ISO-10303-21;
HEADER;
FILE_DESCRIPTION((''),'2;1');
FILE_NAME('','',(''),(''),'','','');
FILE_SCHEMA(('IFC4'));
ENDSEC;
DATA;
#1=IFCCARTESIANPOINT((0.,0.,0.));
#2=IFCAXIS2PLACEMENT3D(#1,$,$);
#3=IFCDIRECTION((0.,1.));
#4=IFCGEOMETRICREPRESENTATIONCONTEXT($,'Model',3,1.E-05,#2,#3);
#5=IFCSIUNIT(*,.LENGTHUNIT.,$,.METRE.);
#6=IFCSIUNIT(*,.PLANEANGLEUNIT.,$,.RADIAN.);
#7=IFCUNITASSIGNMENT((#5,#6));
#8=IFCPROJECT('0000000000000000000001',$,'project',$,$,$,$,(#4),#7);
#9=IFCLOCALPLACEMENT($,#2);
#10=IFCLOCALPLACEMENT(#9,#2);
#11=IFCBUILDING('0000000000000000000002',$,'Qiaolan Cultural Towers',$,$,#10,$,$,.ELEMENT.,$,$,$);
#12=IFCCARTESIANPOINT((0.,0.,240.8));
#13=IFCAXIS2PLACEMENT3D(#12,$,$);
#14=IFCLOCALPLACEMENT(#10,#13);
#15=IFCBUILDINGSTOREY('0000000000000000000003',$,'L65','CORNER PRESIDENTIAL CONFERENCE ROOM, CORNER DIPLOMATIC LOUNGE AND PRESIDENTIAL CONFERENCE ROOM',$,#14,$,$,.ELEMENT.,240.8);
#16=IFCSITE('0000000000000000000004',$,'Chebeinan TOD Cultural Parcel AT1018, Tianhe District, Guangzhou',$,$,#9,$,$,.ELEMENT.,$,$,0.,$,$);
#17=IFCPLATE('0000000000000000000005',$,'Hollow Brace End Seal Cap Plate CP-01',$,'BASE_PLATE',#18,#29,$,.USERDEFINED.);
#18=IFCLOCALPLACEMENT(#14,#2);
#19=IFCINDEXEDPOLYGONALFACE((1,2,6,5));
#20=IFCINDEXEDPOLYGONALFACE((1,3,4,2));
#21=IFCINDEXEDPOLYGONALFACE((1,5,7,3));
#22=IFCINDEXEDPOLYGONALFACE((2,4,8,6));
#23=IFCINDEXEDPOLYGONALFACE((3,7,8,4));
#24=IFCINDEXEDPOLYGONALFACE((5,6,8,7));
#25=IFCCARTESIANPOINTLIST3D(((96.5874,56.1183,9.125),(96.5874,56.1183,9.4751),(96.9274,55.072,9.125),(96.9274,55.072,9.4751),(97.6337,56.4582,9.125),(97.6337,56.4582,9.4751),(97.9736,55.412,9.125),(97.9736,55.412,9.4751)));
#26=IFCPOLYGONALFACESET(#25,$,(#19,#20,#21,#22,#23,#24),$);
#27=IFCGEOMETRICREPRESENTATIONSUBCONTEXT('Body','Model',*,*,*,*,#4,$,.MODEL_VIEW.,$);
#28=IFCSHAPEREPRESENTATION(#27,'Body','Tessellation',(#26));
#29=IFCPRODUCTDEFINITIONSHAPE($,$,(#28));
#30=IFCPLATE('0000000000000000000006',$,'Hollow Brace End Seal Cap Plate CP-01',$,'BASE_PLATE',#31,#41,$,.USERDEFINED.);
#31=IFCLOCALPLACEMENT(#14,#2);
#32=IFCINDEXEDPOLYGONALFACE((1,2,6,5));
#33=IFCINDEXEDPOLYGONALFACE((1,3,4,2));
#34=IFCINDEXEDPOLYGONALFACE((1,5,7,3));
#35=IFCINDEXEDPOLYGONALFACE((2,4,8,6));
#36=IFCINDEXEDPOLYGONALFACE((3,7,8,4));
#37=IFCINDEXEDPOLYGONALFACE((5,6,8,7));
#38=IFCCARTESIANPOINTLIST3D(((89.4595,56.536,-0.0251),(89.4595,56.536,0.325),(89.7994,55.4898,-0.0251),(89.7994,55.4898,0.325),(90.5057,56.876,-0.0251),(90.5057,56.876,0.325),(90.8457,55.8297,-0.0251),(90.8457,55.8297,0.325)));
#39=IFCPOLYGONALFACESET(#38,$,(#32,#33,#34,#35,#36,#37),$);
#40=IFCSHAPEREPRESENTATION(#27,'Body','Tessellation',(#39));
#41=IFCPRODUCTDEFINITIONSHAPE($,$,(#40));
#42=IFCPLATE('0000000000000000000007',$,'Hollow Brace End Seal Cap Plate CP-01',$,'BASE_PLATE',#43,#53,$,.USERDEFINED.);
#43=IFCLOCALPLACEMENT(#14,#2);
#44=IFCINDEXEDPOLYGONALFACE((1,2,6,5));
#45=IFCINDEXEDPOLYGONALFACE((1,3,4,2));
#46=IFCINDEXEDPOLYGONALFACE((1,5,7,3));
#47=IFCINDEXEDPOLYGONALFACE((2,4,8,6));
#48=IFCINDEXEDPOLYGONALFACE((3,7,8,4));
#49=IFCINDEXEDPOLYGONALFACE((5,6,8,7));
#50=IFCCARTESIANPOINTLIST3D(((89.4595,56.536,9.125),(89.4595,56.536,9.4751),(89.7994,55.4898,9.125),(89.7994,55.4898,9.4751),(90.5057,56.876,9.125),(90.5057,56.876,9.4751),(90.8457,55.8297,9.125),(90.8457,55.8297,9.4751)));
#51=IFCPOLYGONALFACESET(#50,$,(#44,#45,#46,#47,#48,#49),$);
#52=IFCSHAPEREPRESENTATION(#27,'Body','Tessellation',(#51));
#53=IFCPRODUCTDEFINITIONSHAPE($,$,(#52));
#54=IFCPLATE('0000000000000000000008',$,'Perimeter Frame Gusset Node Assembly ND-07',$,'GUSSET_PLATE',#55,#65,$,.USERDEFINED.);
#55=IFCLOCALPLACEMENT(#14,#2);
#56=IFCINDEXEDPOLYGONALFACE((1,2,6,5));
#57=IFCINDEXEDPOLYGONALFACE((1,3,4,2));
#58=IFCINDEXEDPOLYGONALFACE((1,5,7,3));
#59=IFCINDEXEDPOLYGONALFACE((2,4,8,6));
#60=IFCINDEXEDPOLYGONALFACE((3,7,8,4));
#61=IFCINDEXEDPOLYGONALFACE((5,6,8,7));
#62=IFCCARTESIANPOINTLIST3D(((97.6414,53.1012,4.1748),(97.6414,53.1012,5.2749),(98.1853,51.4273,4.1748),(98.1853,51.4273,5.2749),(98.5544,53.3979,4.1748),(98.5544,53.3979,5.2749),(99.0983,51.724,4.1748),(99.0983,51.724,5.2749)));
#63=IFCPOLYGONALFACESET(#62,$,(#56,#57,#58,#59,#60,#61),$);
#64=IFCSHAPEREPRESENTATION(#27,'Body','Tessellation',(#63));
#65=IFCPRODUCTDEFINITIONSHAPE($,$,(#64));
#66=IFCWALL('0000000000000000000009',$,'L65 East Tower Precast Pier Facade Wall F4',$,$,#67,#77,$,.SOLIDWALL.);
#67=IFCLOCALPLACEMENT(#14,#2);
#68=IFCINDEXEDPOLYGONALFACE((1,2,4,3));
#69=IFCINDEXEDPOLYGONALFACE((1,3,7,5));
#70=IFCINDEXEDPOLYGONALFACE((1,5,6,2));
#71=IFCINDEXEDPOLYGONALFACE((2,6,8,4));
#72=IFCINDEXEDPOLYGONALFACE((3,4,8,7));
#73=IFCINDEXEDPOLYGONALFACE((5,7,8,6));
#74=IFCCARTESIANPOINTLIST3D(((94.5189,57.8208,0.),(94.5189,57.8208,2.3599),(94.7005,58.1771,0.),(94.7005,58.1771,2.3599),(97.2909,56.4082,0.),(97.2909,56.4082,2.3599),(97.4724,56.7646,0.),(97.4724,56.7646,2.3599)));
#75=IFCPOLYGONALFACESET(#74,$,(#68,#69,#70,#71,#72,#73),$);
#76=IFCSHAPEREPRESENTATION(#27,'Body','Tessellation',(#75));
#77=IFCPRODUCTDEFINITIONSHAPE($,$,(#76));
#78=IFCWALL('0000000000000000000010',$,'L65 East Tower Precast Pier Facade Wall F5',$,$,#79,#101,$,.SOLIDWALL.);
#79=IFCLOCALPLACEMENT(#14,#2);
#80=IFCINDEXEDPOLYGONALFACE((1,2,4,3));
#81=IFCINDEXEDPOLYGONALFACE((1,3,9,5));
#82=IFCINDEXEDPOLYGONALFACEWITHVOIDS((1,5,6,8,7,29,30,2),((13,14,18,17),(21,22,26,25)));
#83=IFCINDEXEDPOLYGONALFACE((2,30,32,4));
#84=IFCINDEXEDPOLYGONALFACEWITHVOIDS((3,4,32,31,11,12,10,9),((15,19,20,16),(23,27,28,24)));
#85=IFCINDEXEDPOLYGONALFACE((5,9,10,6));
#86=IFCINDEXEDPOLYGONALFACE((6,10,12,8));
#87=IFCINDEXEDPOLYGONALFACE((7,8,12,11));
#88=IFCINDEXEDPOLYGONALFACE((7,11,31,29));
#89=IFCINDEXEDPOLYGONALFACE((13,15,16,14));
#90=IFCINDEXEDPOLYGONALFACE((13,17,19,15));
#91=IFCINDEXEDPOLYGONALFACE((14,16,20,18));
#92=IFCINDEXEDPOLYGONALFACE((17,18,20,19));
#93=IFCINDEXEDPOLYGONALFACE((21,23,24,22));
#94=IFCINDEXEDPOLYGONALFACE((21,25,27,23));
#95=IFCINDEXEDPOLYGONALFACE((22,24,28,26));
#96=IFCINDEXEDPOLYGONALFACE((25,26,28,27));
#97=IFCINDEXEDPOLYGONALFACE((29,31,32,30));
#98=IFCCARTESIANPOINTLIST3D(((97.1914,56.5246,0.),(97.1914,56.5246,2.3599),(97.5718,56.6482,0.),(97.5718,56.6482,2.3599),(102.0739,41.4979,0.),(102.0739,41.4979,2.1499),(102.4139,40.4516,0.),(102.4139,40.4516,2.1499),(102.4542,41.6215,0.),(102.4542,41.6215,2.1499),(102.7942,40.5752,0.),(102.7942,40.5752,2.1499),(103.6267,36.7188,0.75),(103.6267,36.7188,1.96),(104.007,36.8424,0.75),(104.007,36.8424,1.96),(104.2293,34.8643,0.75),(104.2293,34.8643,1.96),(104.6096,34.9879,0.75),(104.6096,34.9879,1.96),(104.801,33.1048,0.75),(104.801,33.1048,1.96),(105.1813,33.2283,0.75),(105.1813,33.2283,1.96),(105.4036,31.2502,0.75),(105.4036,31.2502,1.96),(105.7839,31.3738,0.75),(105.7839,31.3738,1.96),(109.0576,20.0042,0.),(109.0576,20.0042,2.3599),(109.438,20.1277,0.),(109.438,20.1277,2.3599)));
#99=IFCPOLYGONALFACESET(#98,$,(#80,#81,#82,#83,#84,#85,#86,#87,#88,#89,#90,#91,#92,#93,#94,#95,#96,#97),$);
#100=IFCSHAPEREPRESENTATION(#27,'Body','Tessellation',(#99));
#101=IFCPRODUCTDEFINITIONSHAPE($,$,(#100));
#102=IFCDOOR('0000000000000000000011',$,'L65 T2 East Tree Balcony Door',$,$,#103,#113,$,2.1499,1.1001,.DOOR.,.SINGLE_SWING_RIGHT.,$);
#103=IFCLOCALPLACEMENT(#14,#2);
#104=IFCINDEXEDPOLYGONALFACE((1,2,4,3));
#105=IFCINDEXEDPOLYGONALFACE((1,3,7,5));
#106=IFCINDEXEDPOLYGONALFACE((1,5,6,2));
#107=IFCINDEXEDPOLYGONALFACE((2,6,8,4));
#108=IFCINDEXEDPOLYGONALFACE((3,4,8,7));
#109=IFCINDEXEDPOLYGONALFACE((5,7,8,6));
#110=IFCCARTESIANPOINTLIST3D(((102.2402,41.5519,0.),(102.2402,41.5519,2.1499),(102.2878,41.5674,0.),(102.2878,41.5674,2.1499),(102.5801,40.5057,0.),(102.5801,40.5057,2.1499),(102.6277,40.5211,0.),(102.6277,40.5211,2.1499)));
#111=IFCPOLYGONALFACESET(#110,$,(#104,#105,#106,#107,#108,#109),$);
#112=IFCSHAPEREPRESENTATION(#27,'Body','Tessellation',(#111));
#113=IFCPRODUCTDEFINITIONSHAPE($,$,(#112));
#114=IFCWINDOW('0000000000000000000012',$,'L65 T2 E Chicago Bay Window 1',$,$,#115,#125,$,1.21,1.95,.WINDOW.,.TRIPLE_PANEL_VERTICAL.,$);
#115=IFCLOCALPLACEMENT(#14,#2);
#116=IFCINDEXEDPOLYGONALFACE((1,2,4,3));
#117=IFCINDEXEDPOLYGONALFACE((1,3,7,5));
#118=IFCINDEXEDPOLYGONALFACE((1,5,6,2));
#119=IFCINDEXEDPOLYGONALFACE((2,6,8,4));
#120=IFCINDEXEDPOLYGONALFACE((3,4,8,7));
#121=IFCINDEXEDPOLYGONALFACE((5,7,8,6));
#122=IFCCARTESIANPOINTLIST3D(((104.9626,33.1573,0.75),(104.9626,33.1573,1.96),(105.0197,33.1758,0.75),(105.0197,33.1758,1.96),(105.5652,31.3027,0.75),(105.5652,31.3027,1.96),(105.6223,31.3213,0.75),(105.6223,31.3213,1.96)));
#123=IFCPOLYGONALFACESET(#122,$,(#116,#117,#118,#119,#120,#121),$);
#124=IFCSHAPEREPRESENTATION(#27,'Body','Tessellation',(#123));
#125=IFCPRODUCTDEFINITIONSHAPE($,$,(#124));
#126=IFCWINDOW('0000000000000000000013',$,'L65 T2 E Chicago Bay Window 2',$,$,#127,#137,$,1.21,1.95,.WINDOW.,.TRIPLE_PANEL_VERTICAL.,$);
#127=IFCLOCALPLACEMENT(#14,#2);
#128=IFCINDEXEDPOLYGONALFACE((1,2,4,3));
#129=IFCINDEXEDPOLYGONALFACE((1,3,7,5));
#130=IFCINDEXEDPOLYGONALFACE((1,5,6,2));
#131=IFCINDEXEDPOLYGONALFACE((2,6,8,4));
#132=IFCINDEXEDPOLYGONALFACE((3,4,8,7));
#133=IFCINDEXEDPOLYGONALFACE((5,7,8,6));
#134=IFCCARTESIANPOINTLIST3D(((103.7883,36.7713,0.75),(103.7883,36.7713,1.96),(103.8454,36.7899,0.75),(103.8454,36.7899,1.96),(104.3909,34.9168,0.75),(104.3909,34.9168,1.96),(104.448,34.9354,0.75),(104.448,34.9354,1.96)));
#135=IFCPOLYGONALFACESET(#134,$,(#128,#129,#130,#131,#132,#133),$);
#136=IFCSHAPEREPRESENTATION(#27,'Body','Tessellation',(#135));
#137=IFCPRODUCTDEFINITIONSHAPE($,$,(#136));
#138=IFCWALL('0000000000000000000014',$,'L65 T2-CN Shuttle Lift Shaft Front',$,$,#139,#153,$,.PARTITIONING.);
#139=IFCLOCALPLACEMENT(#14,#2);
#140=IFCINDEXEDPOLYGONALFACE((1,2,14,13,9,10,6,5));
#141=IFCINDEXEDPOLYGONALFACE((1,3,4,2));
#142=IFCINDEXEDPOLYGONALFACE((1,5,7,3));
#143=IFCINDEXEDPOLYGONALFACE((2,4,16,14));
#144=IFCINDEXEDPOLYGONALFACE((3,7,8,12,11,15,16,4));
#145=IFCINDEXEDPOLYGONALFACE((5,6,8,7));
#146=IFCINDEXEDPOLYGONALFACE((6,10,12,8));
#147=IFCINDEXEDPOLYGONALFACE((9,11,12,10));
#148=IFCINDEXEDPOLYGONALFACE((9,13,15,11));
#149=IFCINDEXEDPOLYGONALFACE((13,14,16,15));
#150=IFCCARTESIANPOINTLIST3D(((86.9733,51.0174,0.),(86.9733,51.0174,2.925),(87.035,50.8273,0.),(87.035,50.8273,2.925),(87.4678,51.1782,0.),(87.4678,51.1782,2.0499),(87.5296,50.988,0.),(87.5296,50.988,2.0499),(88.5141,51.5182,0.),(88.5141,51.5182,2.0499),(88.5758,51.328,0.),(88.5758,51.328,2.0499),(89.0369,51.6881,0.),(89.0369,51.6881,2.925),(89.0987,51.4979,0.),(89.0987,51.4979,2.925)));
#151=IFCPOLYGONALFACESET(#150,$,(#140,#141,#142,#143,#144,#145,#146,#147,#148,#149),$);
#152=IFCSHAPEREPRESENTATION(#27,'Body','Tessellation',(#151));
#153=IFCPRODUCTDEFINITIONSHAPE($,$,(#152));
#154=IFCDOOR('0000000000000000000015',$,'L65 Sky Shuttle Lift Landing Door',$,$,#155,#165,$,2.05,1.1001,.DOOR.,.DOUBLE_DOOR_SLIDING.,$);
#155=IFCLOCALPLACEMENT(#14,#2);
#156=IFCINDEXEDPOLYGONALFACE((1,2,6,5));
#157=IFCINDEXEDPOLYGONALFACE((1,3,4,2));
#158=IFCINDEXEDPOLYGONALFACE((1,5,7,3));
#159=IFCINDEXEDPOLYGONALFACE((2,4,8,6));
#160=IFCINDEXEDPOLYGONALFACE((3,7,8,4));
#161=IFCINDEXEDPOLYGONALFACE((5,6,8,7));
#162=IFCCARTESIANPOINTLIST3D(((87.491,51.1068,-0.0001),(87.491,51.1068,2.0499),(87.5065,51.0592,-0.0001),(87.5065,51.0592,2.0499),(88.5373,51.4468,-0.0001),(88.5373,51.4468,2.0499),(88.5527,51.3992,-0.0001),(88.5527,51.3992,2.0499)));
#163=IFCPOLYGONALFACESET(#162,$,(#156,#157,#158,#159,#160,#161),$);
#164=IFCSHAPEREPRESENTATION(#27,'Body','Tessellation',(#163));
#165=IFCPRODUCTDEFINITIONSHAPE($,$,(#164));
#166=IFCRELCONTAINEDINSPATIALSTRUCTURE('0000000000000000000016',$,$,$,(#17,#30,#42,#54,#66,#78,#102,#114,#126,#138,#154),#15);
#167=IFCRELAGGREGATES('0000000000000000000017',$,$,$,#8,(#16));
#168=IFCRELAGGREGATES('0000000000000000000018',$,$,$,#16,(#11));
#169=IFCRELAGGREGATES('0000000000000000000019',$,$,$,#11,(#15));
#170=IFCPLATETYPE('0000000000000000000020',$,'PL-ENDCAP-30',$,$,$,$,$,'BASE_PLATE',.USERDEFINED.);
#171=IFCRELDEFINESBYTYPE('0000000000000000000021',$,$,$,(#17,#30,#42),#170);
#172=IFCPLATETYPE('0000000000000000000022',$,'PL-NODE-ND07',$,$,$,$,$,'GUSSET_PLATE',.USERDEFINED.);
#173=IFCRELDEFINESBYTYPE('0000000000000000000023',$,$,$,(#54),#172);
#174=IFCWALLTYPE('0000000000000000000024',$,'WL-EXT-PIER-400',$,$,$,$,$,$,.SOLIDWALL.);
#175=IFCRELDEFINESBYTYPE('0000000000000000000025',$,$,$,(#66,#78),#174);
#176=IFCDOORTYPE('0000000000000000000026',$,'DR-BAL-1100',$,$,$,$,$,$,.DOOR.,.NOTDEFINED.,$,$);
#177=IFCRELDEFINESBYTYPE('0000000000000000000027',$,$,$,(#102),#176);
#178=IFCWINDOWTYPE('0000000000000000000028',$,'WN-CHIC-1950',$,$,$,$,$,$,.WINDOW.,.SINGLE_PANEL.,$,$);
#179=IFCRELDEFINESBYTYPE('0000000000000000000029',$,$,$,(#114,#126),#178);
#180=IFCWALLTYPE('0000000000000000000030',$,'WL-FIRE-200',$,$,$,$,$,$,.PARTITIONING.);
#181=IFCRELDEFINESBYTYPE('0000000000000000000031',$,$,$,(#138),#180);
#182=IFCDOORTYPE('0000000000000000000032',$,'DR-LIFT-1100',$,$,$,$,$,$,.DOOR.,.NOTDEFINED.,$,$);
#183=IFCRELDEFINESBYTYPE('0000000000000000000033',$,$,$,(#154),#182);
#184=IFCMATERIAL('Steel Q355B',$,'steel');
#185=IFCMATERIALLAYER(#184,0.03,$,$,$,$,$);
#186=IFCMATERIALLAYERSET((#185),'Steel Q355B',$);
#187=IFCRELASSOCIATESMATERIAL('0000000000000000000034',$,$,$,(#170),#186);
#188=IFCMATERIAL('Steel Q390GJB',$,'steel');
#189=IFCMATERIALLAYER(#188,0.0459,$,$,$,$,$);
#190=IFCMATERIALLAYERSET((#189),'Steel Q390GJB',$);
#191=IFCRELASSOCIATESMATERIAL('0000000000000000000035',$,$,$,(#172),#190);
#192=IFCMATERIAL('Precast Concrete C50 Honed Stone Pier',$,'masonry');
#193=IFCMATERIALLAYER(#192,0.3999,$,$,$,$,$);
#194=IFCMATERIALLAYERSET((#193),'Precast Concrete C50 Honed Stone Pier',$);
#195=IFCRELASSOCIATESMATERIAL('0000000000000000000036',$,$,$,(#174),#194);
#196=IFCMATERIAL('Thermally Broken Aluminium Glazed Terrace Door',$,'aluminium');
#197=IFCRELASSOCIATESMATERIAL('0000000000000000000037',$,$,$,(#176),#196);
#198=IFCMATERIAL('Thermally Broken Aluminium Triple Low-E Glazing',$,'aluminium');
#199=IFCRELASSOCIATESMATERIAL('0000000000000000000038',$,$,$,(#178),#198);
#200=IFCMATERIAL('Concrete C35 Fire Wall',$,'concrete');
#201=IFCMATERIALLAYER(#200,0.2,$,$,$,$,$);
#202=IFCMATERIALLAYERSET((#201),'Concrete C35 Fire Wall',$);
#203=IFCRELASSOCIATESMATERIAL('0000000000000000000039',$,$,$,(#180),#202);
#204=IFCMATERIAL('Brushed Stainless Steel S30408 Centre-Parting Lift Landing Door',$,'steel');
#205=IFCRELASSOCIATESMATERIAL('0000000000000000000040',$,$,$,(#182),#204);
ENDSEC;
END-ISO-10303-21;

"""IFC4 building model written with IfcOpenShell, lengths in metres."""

from ifc_helpers import new_model, si_unit, direction, frame, frame_2d, origin, origin_2d, place, context, subcontext, project, spatial, rectangle, extrude, material, layer, layer_set, type_object, element, fill, save


model = new_model("IFC4")

# Units and contexts
model_context = context("Model", 3, precision=1e-05, world=origin(), true_north=direction((0.0, 1.0)))
body_context = subcontext(model_context, "Body", "Model", "MODEL_VIEW")
ifc_project = project(units=[si_unit("LENGTHUNIT", "METRE"), si_unit("PLANEANGLEUNIT", "RADIAN")], contexts=[model_context])

# Site, building, storey
site_placement = place(None, origin())
site = spatial("IfcSite", under=ifc_project, at=site_placement, Name="Chebeinan TOD Cultural Parcel AT1018, Tianhe District, Guangzhou", CompositionType="ELEMENT", RefElevation=0.0)
building_placement = place(site_placement, origin())
building = spatial("IfcBuilding", under=site, at=building_placement, Name="Qiaolan Cultural Towers", CompositionType="ELEMENT")
storey_placement = place(building_placement, frame((0.0, 0.0, 240.8)))
storey = spatial("IfcBuildingStorey", under=building, at=storey_placement, Name="L65", Description="CORNER PRESIDENTIAL CONFERENCE ROOM, CORNER DIPLOMATIC LOUNGE AND PRESIDENTIAL CONFERENCE ROOM", CompositionType="ELEMENT", Elevation=240.8)

# Plates
ifc_material_1 = material(Name="Steel Q355B", Category="steel")
ifc_layer_1 = layer(ifc_material_1, 0.03)
ifc_layer_set_1 = layer_set([ifc_layer_1], Name="Steel Q355B")
plate_type_1 = type_object("IfcPlateType", Name="PL-ENDCAP-30", ElementType="BASE_PLATE", PredefinedType="USERDEFINED", material=ifc_layer_set_1)
for number, where, z_axis, x_axis, name in (
    (1, (97.2805, 55.7651, 9.125), (0.0, 0.0, 1.0), (-0.309017, 0.951057, 0.0), "Hollow Brace End Seal Cap Plate CP-01"),
    (2, (90.1526, 56.1829, -0.0251), (0.0, 0.0, 1.0), (0.951057, 0.309017, 0.0), "Hollow Brace End Seal Cap Plate CP-01"),
    (3, (90.1526, 56.1829, 9.125), (0.0, 0.0, 1.0), (0.951057, 0.309017, 0.0), "Hollow Brace End Seal Cap Plate CP-01"),
):
    element("IfcPlate", number, at=place(storey_placement, frame(where, z_axis=z_axis, x_axis=x_axis)), inside=storey, type_object=plate_type_1, Name=name, ObjectType="BASE_PLATE", PredefinedType="USERDEFINED", context=body_context, shape_type="SweptSolid", body=[
        extrude(rectangle(XDim=1.1001, YDim=1.1001, at=origin_2d()), origin(), (0.0, 0.0, 1.0), 0.3501),
    ])
ifc_material_2 = material(Name="Steel Q390GJB", Category="steel")
ifc_layer_2 = layer(ifc_material_2, 0.0459)
ifc_layer_set_2 = layer_set([ifc_layer_2], Name="Steel Q390GJB")
plate_type_2 = type_object("IfcPlateType", Name="PL-NODE-ND07", ElementType="GUSSET_PLATE", PredefinedType="USERDEFINED", material=ifc_layer_set_2)
plate_placement = place(storey_placement, frame((98.3699, 52.4126, 4.1748), z_axis=(0.0, 0.0, 1.0), x_axis=(-0.309017, 0.951057, 0.0)))
element("IfcPlate", 4, at=plate_placement, inside=storey, type_object=plate_type_2, Name="Perimeter Frame Gusset Node Assembly ND-07", ObjectType="GUSSET_PLATE", PredefinedType="USERDEFINED", context=body_context, shape_type="SweptSolid", body=[
    extrude(rectangle(XDim=1.76, YDim=0.96, at=origin_2d()), origin(), (0.0, 0.0, 1.0), 1.1001),
])

# Wall
ifc_material_3 = material(Name="Precast Concrete C50 Honed Stone Pier", Category="masonry")
ifc_layer_3 = layer(ifc_material_3, 0.3999)
ifc_layer_set_3 = layer_set([ifc_layer_3], Name="Precast Concrete C50 Honed Stone Pier")
wall_type_1 = type_object("IfcWallType", Name="WL-EXT-PIER-400", PredefinedType="SOLIDWALL", material=ifc_layer_set_3)
wall_1_placement = place(storey_placement, frame((94.6096, 57.999, 0.0), z_axis=(0.0, 0.0, 1.0), x_axis=(0.89098, -0.454043, 0.0)))
element("IfcWall", 5, at=wall_1_placement, inside=storey, type_object=wall_type_1, Name="L65 East Tower Precast Pier Facade Wall F4", PredefinedType="SOLIDWALL", context=body_context, shape_type="SweptSolid", body=[
    extrude(rectangle(XDim=3.1111, YDim=0.3999, at=frame_2d((1.5557, 0.0))), origin(), (0.0, 0.0, 1.0), 2.3599),
])

# Wall, openings, door, windows
wall_2_placement = place(storey_placement, frame((97.3816, 56.5864, 0.0), z_axis=(0.0, 0.0, 1.0), x_axis=(0.309016, -0.951057, 0.0)))
wall_2 = element("IfcWall", 6, at=wall_2_placement, inside=storey, type_object=wall_type_1, Name="L65 East Tower Precast Pier Facade Wall F5", PredefinedType="SOLIDWALL", context=body_context, shape_type="SweptSolid", body=[
    extrude(rectangle(XDim=38.3999, YDim=0.3999, at=frame_2d((19.2, 0.0))), origin(), (0.0, 0.0, 1.0), 2.3599),
])
opening_1_placement = place(wall_2_placement, frame((24.625, 0.0, 0.75)))
opening_1 = element("IfcOpeningElement", 7, at=opening_1_placement, cuts=wall_2, PredefinedType="OPENING", context=body_context, shape_type="SweptSolid", body=[
    extrude(rectangle(XDim=1.95, YDim=1.21, at=frame_2d((0.9751, 0.605))), frame((0.0, 0.21, 0.0), z_axis=(0.0, -1.0, 0.0), x_axis=(1.0, 0.0, 0.0)), (0.0, 0.0, 1.0), 0.4199),
])
opening_2_placement = place(wall_2_placement, frame((20.825, 0.0, 0.75)))
opening_2 = element("IfcOpeningElement", 8, at=opening_2_placement, cuts=wall_2, PredefinedType="OPENING", context=body_context, shape_type="SweptSolid", body=[
    extrude(rectangle(XDim=1.95, YDim=1.21, at=frame_2d((0.9751, 0.605))), frame((0.0, 0.21, 0.0), z_axis=(0.0, -1.0, 0.0), x_axis=(1.0, 0.0, 0.0)), (0.0, 0.0, 1.0), 0.4199),
])
opening_3_placement = place(wall_2_placement, frame((15.8, 0.0, 0.0)))
opening_3 = element("IfcOpeningElement", 9, at=opening_3_placement, cuts=wall_2, PredefinedType="OPENING", context=body_context, shape_type="SweptSolid", body=[
    extrude(rectangle(XDim=1.1001, YDim=2.1499, at=frame_2d((0.55, 1.075))), frame((0.0, 0.21, 0.0), z_axis=(0.0, -1.0, 0.0), x_axis=(1.0, 0.0, 0.0)), (0.0, 0.0, 1.0), 0.4199),
])
ifc_material_4 = material(Name="Thermally Broken Aluminium Glazed Terrace Door", Category="aluminium")
door_type_1 = type_object("IfcDoorType", Name="DR-BAL-1100", OperationType="NOTDEFINED", PredefinedType="DOOR", material=ifc_material_4)
door_1_placement = place(opening_3_placement, origin())
door_1 = element("IfcDoor", 10, at=door_1_placement, inside=storey, type_object=door_type_1, Name="L65 T2 East Tree Balcony Door", OperationType="SINGLE_SWING_RIGHT", OverallHeight=2.1499, OverallWidth=1.1001, PredefinedType="DOOR", context=body_context, shape_type="SweptSolid", body=[
    extrude(rectangle(XDim=1.1001, YDim=2.1499, at=frame_2d((0.55, 1.075))), frame((0.0, 0.0249, 0.0), z_axis=(0.0, -1.0, 0.0), x_axis=(1.0, 0.0, 0.0)), (0.0, 0.0, 1.0), 0.05),
])
fill(opening_3, door_1)
ifc_material_5 = material(Name="Thermally Broken Aluminium Triple Low-E Glazing", Category="aluminium")
window_type = type_object("IfcWindowType", Name="WN-CHIC-1950", PartitioningType="SINGLE_PANEL", PredefinedType="WINDOW", material=ifc_material_5)
window_1_placement = place(opening_1_placement, origin())
window_1 = element("IfcWindow", 11, at=window_1_placement, inside=storey, type_object=window_type, Name="L65 T2 E Chicago Bay Window 1", OverallHeight=1.21, OverallWidth=1.95, PartitioningType="TRIPLE_PANEL_VERTICAL", PredefinedType="WINDOW", context=body_context, shape_type="SweptSolid", body=[
    extrude(rectangle(XDim=1.95, YDim=1.21, at=frame_2d((0.9751, 0.605))), frame((0.0, 0.03, 0.0), z_axis=(0.0, -1.0, 0.0), x_axis=(1.0, 0.0, 0.0)), (0.0, 0.0, 1.0), 0.0601),
])
fill(opening_1, window_1)
window_2_placement = place(opening_2_placement, origin())
window_2 = element("IfcWindow", 12, at=window_2_placement, inside=storey, type_object=window_type, Name="L65 T2 E Chicago Bay Window 2", OverallHeight=1.21, OverallWidth=1.95, PartitioningType="TRIPLE_PANEL_VERTICAL", PredefinedType="WINDOW", context=body_context, shape_type="SweptSolid", body=[
    extrude(rectangle(XDim=1.95, YDim=1.21, at=frame_2d((0.9751, 0.605))), frame((0.0, 0.03, 0.0), z_axis=(0.0, -1.0, 0.0), x_axis=(1.0, 0.0, 0.0)), (0.0, 0.0, 1.0), 0.0601),
])
fill(opening_2, window_2)

# Wall, opening, door
ifc_material_6 = material(Name="Concrete C35 Fire Wall", Category="concrete")
ifc_layer_4 = layer(ifc_material_6, 0.2)
ifc_layer_set_4 = layer_set([ifc_layer_4], Name="Concrete C35 Fire Wall")
wall_type_2 = type_object("IfcWallType", Name="WL-FIRE-200", PredefinedType="PARTITIONING", material=ifc_layer_set_4)
wall_3_placement = place(storey_placement, frame((87.0042, 50.9224, 0.0), z_axis=(0.0, 0.0, 1.0), x_axis=(0.951042, 0.309063, 0.0)))
wall_3 = element("IfcWall", 13, at=wall_3_placement, inside=storey, type_object=wall_type_2, Name="L65 T2-CN Shuttle Lift Shaft Front", PredefinedType="PARTITIONING", context=body_context, shape_type="SweptSolid", body=[
    extrude(rectangle(XDim=2.1699, YDim=0.2, at=frame_2d((1.085, 0.0))), origin(), (0.0, 0.0, 1.0), 2.925),
])
opening_4_placement = place(wall_3_placement, frame((0.52, 0.0, 0.0)))
opening_4 = element("IfcOpeningElement", 14, at=opening_4_placement, cuts=wall_3, PredefinedType="OPENING", context=body_context, shape_type="SweptSolid", body=[
    extrude(rectangle(XDim=1.1001, YDim=2.05, at=frame_2d((0.55, 1.0249))), frame((0.0, 0.1099, 0.0), z_axis=(0.0, -1.0, 0.0), x_axis=(1.0, 0.0, 0.0)), (0.0, 0.0, 1.0), 0.22),
])
ifc_material_7 = material(Name="Brushed Stainless Steel S30408 Centre-Parting Lift Landing Door", Category="steel")
door_type_2 = type_object("IfcDoorType", Name="DR-LIFT-1100", OperationType="NOTDEFINED", PredefinedType="DOOR", material=ifc_material_7)
door_2_placement = place(opening_4_placement, origin())
door_2 = element("IfcDoor", 15, at=door_2_placement, inside=storey, type_object=door_type_2, Name="L65 Sky Shuttle Lift Landing Door", OperationType="DOUBLE_DOOR_SLIDING", OverallHeight=2.05, OverallWidth=1.1001, PredefinedType="DOOR", context=body_context, shape_type="SweptSolid", body=[
    extrude(rectangle(XDim=1.1001, YDim=2.05, at=frame_2d((0.55, 1.0249))), frame((0.0, 0.0249, 0.0), z_axis=(0.0, -1.0, 0.0), x_axis=(1.0, 0.0, 0.0)), (0.0, 0.0, 1.0), 0.05),
])
fill(opening_4, door_2)

save(model, "model.ifc")
